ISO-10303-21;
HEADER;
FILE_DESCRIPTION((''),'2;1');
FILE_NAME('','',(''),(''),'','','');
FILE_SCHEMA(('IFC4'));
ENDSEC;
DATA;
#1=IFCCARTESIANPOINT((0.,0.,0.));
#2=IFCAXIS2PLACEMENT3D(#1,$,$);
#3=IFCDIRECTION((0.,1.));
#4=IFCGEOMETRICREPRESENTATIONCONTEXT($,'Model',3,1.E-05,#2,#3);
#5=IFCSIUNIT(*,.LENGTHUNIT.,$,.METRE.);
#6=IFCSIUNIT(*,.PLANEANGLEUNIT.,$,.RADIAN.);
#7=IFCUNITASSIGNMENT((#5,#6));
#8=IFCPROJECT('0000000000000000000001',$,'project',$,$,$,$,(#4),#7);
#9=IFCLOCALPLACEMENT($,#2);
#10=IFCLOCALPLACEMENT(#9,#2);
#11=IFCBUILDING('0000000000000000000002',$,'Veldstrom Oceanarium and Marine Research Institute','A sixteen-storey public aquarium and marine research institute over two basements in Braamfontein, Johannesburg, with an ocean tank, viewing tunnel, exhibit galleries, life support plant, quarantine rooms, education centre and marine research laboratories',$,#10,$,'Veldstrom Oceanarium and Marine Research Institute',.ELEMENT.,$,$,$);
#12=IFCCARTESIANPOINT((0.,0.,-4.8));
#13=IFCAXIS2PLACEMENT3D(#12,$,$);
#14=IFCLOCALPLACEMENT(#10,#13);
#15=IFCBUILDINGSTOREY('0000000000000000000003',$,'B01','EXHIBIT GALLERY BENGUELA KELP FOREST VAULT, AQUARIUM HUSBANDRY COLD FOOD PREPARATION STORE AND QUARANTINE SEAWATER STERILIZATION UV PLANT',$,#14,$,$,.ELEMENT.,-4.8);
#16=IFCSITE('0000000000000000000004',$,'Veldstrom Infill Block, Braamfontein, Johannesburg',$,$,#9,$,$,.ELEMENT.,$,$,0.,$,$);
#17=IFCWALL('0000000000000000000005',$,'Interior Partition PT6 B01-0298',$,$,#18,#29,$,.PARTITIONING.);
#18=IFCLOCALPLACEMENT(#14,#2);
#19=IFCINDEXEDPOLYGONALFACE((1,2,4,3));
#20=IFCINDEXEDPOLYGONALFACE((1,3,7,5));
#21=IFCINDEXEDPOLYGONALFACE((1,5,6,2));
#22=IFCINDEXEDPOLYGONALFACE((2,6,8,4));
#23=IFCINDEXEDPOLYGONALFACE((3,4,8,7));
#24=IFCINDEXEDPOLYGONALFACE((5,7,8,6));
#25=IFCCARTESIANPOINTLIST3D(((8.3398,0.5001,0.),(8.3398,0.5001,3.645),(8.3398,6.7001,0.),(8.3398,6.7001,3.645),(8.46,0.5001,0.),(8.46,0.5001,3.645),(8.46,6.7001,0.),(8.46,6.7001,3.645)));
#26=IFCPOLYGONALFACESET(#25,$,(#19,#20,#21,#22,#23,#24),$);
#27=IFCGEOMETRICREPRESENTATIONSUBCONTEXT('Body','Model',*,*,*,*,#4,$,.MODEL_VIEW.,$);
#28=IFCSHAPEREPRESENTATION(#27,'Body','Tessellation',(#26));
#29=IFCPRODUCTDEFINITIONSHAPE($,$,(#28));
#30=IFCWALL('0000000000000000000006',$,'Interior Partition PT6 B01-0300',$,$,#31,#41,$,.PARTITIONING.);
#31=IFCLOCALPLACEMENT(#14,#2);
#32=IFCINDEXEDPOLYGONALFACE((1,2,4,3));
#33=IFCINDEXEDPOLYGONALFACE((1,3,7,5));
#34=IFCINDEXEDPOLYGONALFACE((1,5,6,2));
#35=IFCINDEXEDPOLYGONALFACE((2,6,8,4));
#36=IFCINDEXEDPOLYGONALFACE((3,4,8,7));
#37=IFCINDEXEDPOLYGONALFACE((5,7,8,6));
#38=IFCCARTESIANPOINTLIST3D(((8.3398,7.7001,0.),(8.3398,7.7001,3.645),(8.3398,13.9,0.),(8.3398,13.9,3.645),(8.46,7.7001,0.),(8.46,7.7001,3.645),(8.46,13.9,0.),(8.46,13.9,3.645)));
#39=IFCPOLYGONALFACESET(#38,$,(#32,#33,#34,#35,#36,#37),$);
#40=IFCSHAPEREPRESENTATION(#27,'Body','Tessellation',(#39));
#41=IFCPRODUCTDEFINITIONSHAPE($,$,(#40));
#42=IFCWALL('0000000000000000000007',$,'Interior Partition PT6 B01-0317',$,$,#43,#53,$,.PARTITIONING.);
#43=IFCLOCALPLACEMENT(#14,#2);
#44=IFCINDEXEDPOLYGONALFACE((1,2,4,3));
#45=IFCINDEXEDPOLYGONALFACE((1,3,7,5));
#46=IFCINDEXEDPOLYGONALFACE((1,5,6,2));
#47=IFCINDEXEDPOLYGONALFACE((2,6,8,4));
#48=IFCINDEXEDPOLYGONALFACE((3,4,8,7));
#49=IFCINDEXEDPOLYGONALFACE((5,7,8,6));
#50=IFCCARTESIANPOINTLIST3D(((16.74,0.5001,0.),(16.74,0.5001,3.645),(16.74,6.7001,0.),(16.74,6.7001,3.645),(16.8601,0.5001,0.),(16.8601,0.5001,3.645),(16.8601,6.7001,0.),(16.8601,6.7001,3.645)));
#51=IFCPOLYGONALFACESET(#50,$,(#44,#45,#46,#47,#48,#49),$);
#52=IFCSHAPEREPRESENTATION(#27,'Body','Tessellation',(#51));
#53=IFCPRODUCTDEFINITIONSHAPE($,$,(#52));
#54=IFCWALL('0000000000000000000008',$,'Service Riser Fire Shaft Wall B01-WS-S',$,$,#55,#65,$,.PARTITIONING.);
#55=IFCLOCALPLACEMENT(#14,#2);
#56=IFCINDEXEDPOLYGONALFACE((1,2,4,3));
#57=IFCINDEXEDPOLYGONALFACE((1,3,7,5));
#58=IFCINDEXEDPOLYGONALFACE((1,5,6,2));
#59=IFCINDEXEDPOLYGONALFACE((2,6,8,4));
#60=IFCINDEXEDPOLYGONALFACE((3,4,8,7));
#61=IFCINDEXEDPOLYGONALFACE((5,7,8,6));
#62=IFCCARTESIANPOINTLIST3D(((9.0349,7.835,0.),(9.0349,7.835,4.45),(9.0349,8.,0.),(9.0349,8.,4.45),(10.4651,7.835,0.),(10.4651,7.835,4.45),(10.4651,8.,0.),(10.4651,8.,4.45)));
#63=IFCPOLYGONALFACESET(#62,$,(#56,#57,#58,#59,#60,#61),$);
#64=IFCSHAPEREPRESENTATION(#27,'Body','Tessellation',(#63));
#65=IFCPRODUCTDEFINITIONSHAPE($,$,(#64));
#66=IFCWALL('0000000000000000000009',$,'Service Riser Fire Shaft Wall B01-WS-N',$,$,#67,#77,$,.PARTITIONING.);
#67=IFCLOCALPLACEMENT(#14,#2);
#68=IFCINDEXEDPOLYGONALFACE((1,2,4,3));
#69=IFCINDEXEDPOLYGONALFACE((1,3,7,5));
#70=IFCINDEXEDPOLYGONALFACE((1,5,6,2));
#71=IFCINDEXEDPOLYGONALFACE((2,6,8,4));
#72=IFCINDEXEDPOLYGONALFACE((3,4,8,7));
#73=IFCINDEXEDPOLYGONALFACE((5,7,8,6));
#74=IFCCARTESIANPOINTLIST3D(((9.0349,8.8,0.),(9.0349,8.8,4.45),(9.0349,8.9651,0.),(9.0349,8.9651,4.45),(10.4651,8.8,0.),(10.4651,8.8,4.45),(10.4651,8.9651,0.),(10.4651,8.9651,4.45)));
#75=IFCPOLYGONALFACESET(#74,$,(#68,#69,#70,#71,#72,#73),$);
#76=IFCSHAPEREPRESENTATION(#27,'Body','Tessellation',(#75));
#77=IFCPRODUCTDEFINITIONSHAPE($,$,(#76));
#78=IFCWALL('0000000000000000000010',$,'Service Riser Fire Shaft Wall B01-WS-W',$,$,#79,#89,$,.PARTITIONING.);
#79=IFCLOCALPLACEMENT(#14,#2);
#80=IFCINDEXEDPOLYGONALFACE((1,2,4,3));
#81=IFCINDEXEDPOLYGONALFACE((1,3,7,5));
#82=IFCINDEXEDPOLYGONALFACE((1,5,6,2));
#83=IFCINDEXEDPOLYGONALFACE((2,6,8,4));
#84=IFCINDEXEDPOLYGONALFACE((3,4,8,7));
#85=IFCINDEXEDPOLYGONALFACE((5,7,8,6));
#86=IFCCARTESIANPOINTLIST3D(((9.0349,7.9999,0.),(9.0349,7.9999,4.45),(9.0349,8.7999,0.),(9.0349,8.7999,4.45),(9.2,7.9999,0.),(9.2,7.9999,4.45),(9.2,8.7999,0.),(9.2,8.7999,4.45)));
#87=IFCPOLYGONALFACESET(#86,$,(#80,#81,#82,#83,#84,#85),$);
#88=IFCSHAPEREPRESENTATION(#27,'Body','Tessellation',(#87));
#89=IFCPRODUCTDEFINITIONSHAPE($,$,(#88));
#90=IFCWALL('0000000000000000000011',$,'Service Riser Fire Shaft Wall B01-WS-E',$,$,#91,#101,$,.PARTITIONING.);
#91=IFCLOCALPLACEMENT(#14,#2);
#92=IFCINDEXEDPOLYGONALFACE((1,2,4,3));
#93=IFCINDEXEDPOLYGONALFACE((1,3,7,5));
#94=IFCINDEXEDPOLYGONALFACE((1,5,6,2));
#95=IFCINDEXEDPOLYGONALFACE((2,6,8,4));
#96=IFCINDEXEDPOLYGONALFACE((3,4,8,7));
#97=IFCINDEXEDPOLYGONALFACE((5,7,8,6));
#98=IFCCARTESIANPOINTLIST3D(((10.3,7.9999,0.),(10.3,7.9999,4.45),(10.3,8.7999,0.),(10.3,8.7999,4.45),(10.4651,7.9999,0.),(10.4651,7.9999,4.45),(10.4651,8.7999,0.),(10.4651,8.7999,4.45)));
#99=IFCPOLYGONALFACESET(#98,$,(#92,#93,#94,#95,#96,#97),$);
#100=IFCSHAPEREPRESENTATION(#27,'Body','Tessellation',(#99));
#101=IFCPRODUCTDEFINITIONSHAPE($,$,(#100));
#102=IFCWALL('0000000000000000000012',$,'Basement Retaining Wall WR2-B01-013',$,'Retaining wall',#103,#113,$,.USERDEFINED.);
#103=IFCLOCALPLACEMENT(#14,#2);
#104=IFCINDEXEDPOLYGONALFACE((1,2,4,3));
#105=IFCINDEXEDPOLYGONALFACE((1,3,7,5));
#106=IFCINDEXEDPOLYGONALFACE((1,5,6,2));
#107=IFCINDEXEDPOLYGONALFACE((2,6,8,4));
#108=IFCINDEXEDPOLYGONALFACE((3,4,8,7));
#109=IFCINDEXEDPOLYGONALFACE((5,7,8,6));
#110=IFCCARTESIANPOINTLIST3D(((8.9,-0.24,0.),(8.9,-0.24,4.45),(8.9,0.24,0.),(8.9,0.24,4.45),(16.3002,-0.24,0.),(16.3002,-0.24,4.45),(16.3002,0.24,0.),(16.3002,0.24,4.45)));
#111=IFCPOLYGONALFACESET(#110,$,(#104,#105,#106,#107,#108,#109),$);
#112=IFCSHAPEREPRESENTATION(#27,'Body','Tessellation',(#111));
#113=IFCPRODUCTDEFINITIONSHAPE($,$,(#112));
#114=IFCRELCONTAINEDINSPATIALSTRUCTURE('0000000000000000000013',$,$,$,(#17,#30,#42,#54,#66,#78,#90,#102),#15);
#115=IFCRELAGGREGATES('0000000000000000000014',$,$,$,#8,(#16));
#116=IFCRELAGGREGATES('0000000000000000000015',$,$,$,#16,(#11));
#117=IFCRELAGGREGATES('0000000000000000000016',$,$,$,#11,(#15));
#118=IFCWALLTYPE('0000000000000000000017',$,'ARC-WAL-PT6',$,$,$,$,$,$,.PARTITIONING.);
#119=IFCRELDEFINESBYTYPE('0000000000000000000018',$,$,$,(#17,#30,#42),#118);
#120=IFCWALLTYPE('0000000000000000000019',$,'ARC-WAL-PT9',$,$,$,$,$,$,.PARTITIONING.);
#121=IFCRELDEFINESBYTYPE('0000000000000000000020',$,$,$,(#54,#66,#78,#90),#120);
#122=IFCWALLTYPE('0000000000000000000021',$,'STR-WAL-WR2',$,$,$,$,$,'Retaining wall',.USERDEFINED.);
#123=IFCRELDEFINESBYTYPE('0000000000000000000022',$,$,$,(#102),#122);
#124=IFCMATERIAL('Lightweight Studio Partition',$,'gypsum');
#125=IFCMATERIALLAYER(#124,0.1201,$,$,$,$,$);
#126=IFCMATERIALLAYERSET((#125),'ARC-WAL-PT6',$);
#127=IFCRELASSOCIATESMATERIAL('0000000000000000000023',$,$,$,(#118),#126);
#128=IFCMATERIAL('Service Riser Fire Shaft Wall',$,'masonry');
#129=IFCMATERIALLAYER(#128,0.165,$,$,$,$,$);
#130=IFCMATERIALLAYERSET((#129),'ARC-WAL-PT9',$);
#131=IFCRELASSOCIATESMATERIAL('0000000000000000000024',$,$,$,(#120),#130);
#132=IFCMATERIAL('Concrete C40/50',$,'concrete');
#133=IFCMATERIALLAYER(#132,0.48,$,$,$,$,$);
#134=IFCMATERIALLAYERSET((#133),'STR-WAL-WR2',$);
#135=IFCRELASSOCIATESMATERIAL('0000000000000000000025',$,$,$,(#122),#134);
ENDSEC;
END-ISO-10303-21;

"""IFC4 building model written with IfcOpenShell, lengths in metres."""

from ifc_helpers import new_model, si_unit, direction, frame, frame_2d, origin, place, context, subcontext, project, spatial, rectangle, extrude, material, layer, layer_set, type_object, element, save


model = new_model("IFC4")

# Units and contexts
model_context = context("Model", 3, precision=1e-05, world=origin(), true_north=direction((0.0, 1.0)))
body_context = subcontext(model_context, "Body", "Model", "MODEL_VIEW")
ifc_project = project(units=[si_unit("LENGTHUNIT", "METRE"), si_unit("PLANEANGLEUNIT", "RADIAN")], contexts=[model_context])

# Site, building, storey
site_placement = place(None, origin())
site = spatial("IfcSite", under=ifc_project, at=site_placement, Name="Veldstrom Infill Block, Braamfontein, Johannesburg", CompositionType="ELEMENT", RefElevation=0.0)
building_placement = place(site_placement, origin())
building = spatial("IfcBuilding", under=site, at=building_placement, Name="Veldstrom Oceanarium and Marine Research Institute", Description="A sixteen-storey public aquarium and marine research institute over two basements in Braamfontein, Johannesburg, with an ocean tank, viewing tunnel, exhibit galleries, life support plant, quarantine rooms, education centre and marine research laboratories", LongName="Veldstrom Oceanarium and Marine Research Institute", CompositionType="ELEMENT")
storey_placement = place(building_placement, frame((0.0, 0.0, -4.8)))
storey = spatial("IfcBuildingStorey", under=building, at=storey_placement, Name="B01", Description="EXHIBIT GALLERY BENGUELA KELP FOREST VAULT, AQUARIUM HUSBANDRY COLD FOOD PREPARATION STORE AND QUARANTINE SEAWATER STERILIZATION UV PLANT", CompositionType="ELEMENT", Elevation=-4.8)

# Walls
ifc_material_1 = material(Name="Lightweight Studio Partition", Category="gypsum")
ifc_layer_1 = layer(ifc_material_1, 0.1201)
ifc_layer_set_1 = layer_set([ifc_layer_1], Name="ARC-WAL-PT6")
wall_type_1 = type_object("IfcWallType", Name="ARC-WAL-PT6", PredefinedType="PARTITIONING", material=ifc_layer_set_1)
for number, where, z_axis, x_axis, name in (
    (1, (8.3999, 0.5, 0.0), (0.0, 0.0, 1.0), (0.0, 1.0, 0.0), "Interior Partition PT6 B01-0298"),
    (2, (8.3999, 7.7, 0.0), (0.0, 0.0, 1.0), (0.0, 1.0, 0.0), "Interior Partition PT6 B01-0300"),
    (3, (16.8, 0.5, 0.0), (0.0, 0.0, 1.0), (0.0, 1.0, 0.0), "Interior Partition PT6 B01-0317"),
):
    element("IfcWall", number, at=place(storey_placement, frame(where, z_axis=z_axis, x_axis=x_axis)), inside=storey, type_object=wall_type_1, Name=name, PredefinedType="PARTITIONING", context=body_context, shape_type="SweptSolid", body=[
        extrude(rectangle(XDim=6.2, YDim=0.1201, at=frame_2d((3.1001, 0.0))), origin(), (0.0, 0.0, 1.0), 3.645),
    ])
ifc_material_2 = material(Name="Service Riser Fire Shaft Wall", Category="masonry")
ifc_layer_2 = layer(ifc_material_2, 0.165)
ifc_layer_set_2 = layer_set([ifc_layer_2], Name="ARC-WAL-PT9")
wall_type_2 = type_object("IfcWallType", Name="ARC-WAL-PT9", PredefinedType="PARTITIONING", material=ifc_layer_set_2)
for number, where, z_axis, x_axis, name in (
    (4, (9.0349, 7.9175, 0.0), (0.0, 0.0, 1.0), (1.0, 0.0, 0.0), "Service Riser Fire Shaft Wall B01-WS-S"),
    (5, (9.0349, 8.8826, 0.0), (0.0, 0.0, 1.0), (1.0, 0.0, 0.0), "Service Riser Fire Shaft Wall B01-WS-N"),
):
    element("IfcWall", number, at=place(storey_placement, frame(where, z_axis=z_axis, x_axis=x_axis)), inside=storey, type_object=wall_type_2, Name=name, PredefinedType="PARTITIONING", context=body_context, shape_type="SweptSolid", body=[
        extrude(rectangle(XDim=1.4302, YDim=0.165, at=frame_2d((0.7151, 0.0))), origin(), (0.0, 0.0, 1.0), 4.45),
    ])
for number, where, z_axis, x_axis, name in (
    (6, (9.1174, 8.0, 0.0), (0.0, 0.0, 1.0), (0.0, 1.0, 0.0), "Service Riser Fire Shaft Wall B01-WS-W"),
    (7, (10.3826, 8.0, 0.0), (0.0, 0.0, 1.0), (0.0, 1.0, 0.0), "Service Riser Fire Shaft Wall B01-WS-E"),
):
    element("IfcWall", number, at=place(storey_placement, frame(where, z_axis=z_axis, x_axis=x_axis)), inside=storey, type_object=wall_type_2, Name=name, PredefinedType="PARTITIONING", context=body_context, shape_type="SweptSolid", body=[
        extrude(rectangle(XDim=0.8, YDim=0.165, at=frame_2d((0.3999, 0.0))), origin(), (0.0, 0.0, 1.0), 4.45),
    ])
ifc_material_3 = material(Name="Concrete C40/50", Category="concrete")
ifc_layer_3 = layer(ifc_material_3, 0.48)
ifc_layer_set_3 = layer_set([ifc_layer_3], Name="STR-WAL-WR2")
wall_type_3 = type_object("IfcWallType", Name="STR-WAL-WR2", ElementType="Retaining wall", PredefinedType="USERDEFINED", material=ifc_layer_set_3)
wall_1_placement = place(storey_placement, frame((8.8999, 0.0, 0.0), z_axis=(0.0, 0.0, 1.0), x_axis=(1.0, 0.0, 0.0)))
element("IfcWall", 8, at=wall_1_placement, inside=storey, type_object=wall_type_3, Name="Basement Retaining Wall WR2-B01-013", ObjectType="Retaining wall", PredefinedType="USERDEFINED", context=body_context, shape_type="SweptSolid", body=[
    extrude(rectangle(XDim=7.4001, YDim=0.48, at=frame_2d((3.7002, 0.0))), origin(), (0.0, 0.0, 1.0), 4.45),
])

save(model, "model.ifc")
